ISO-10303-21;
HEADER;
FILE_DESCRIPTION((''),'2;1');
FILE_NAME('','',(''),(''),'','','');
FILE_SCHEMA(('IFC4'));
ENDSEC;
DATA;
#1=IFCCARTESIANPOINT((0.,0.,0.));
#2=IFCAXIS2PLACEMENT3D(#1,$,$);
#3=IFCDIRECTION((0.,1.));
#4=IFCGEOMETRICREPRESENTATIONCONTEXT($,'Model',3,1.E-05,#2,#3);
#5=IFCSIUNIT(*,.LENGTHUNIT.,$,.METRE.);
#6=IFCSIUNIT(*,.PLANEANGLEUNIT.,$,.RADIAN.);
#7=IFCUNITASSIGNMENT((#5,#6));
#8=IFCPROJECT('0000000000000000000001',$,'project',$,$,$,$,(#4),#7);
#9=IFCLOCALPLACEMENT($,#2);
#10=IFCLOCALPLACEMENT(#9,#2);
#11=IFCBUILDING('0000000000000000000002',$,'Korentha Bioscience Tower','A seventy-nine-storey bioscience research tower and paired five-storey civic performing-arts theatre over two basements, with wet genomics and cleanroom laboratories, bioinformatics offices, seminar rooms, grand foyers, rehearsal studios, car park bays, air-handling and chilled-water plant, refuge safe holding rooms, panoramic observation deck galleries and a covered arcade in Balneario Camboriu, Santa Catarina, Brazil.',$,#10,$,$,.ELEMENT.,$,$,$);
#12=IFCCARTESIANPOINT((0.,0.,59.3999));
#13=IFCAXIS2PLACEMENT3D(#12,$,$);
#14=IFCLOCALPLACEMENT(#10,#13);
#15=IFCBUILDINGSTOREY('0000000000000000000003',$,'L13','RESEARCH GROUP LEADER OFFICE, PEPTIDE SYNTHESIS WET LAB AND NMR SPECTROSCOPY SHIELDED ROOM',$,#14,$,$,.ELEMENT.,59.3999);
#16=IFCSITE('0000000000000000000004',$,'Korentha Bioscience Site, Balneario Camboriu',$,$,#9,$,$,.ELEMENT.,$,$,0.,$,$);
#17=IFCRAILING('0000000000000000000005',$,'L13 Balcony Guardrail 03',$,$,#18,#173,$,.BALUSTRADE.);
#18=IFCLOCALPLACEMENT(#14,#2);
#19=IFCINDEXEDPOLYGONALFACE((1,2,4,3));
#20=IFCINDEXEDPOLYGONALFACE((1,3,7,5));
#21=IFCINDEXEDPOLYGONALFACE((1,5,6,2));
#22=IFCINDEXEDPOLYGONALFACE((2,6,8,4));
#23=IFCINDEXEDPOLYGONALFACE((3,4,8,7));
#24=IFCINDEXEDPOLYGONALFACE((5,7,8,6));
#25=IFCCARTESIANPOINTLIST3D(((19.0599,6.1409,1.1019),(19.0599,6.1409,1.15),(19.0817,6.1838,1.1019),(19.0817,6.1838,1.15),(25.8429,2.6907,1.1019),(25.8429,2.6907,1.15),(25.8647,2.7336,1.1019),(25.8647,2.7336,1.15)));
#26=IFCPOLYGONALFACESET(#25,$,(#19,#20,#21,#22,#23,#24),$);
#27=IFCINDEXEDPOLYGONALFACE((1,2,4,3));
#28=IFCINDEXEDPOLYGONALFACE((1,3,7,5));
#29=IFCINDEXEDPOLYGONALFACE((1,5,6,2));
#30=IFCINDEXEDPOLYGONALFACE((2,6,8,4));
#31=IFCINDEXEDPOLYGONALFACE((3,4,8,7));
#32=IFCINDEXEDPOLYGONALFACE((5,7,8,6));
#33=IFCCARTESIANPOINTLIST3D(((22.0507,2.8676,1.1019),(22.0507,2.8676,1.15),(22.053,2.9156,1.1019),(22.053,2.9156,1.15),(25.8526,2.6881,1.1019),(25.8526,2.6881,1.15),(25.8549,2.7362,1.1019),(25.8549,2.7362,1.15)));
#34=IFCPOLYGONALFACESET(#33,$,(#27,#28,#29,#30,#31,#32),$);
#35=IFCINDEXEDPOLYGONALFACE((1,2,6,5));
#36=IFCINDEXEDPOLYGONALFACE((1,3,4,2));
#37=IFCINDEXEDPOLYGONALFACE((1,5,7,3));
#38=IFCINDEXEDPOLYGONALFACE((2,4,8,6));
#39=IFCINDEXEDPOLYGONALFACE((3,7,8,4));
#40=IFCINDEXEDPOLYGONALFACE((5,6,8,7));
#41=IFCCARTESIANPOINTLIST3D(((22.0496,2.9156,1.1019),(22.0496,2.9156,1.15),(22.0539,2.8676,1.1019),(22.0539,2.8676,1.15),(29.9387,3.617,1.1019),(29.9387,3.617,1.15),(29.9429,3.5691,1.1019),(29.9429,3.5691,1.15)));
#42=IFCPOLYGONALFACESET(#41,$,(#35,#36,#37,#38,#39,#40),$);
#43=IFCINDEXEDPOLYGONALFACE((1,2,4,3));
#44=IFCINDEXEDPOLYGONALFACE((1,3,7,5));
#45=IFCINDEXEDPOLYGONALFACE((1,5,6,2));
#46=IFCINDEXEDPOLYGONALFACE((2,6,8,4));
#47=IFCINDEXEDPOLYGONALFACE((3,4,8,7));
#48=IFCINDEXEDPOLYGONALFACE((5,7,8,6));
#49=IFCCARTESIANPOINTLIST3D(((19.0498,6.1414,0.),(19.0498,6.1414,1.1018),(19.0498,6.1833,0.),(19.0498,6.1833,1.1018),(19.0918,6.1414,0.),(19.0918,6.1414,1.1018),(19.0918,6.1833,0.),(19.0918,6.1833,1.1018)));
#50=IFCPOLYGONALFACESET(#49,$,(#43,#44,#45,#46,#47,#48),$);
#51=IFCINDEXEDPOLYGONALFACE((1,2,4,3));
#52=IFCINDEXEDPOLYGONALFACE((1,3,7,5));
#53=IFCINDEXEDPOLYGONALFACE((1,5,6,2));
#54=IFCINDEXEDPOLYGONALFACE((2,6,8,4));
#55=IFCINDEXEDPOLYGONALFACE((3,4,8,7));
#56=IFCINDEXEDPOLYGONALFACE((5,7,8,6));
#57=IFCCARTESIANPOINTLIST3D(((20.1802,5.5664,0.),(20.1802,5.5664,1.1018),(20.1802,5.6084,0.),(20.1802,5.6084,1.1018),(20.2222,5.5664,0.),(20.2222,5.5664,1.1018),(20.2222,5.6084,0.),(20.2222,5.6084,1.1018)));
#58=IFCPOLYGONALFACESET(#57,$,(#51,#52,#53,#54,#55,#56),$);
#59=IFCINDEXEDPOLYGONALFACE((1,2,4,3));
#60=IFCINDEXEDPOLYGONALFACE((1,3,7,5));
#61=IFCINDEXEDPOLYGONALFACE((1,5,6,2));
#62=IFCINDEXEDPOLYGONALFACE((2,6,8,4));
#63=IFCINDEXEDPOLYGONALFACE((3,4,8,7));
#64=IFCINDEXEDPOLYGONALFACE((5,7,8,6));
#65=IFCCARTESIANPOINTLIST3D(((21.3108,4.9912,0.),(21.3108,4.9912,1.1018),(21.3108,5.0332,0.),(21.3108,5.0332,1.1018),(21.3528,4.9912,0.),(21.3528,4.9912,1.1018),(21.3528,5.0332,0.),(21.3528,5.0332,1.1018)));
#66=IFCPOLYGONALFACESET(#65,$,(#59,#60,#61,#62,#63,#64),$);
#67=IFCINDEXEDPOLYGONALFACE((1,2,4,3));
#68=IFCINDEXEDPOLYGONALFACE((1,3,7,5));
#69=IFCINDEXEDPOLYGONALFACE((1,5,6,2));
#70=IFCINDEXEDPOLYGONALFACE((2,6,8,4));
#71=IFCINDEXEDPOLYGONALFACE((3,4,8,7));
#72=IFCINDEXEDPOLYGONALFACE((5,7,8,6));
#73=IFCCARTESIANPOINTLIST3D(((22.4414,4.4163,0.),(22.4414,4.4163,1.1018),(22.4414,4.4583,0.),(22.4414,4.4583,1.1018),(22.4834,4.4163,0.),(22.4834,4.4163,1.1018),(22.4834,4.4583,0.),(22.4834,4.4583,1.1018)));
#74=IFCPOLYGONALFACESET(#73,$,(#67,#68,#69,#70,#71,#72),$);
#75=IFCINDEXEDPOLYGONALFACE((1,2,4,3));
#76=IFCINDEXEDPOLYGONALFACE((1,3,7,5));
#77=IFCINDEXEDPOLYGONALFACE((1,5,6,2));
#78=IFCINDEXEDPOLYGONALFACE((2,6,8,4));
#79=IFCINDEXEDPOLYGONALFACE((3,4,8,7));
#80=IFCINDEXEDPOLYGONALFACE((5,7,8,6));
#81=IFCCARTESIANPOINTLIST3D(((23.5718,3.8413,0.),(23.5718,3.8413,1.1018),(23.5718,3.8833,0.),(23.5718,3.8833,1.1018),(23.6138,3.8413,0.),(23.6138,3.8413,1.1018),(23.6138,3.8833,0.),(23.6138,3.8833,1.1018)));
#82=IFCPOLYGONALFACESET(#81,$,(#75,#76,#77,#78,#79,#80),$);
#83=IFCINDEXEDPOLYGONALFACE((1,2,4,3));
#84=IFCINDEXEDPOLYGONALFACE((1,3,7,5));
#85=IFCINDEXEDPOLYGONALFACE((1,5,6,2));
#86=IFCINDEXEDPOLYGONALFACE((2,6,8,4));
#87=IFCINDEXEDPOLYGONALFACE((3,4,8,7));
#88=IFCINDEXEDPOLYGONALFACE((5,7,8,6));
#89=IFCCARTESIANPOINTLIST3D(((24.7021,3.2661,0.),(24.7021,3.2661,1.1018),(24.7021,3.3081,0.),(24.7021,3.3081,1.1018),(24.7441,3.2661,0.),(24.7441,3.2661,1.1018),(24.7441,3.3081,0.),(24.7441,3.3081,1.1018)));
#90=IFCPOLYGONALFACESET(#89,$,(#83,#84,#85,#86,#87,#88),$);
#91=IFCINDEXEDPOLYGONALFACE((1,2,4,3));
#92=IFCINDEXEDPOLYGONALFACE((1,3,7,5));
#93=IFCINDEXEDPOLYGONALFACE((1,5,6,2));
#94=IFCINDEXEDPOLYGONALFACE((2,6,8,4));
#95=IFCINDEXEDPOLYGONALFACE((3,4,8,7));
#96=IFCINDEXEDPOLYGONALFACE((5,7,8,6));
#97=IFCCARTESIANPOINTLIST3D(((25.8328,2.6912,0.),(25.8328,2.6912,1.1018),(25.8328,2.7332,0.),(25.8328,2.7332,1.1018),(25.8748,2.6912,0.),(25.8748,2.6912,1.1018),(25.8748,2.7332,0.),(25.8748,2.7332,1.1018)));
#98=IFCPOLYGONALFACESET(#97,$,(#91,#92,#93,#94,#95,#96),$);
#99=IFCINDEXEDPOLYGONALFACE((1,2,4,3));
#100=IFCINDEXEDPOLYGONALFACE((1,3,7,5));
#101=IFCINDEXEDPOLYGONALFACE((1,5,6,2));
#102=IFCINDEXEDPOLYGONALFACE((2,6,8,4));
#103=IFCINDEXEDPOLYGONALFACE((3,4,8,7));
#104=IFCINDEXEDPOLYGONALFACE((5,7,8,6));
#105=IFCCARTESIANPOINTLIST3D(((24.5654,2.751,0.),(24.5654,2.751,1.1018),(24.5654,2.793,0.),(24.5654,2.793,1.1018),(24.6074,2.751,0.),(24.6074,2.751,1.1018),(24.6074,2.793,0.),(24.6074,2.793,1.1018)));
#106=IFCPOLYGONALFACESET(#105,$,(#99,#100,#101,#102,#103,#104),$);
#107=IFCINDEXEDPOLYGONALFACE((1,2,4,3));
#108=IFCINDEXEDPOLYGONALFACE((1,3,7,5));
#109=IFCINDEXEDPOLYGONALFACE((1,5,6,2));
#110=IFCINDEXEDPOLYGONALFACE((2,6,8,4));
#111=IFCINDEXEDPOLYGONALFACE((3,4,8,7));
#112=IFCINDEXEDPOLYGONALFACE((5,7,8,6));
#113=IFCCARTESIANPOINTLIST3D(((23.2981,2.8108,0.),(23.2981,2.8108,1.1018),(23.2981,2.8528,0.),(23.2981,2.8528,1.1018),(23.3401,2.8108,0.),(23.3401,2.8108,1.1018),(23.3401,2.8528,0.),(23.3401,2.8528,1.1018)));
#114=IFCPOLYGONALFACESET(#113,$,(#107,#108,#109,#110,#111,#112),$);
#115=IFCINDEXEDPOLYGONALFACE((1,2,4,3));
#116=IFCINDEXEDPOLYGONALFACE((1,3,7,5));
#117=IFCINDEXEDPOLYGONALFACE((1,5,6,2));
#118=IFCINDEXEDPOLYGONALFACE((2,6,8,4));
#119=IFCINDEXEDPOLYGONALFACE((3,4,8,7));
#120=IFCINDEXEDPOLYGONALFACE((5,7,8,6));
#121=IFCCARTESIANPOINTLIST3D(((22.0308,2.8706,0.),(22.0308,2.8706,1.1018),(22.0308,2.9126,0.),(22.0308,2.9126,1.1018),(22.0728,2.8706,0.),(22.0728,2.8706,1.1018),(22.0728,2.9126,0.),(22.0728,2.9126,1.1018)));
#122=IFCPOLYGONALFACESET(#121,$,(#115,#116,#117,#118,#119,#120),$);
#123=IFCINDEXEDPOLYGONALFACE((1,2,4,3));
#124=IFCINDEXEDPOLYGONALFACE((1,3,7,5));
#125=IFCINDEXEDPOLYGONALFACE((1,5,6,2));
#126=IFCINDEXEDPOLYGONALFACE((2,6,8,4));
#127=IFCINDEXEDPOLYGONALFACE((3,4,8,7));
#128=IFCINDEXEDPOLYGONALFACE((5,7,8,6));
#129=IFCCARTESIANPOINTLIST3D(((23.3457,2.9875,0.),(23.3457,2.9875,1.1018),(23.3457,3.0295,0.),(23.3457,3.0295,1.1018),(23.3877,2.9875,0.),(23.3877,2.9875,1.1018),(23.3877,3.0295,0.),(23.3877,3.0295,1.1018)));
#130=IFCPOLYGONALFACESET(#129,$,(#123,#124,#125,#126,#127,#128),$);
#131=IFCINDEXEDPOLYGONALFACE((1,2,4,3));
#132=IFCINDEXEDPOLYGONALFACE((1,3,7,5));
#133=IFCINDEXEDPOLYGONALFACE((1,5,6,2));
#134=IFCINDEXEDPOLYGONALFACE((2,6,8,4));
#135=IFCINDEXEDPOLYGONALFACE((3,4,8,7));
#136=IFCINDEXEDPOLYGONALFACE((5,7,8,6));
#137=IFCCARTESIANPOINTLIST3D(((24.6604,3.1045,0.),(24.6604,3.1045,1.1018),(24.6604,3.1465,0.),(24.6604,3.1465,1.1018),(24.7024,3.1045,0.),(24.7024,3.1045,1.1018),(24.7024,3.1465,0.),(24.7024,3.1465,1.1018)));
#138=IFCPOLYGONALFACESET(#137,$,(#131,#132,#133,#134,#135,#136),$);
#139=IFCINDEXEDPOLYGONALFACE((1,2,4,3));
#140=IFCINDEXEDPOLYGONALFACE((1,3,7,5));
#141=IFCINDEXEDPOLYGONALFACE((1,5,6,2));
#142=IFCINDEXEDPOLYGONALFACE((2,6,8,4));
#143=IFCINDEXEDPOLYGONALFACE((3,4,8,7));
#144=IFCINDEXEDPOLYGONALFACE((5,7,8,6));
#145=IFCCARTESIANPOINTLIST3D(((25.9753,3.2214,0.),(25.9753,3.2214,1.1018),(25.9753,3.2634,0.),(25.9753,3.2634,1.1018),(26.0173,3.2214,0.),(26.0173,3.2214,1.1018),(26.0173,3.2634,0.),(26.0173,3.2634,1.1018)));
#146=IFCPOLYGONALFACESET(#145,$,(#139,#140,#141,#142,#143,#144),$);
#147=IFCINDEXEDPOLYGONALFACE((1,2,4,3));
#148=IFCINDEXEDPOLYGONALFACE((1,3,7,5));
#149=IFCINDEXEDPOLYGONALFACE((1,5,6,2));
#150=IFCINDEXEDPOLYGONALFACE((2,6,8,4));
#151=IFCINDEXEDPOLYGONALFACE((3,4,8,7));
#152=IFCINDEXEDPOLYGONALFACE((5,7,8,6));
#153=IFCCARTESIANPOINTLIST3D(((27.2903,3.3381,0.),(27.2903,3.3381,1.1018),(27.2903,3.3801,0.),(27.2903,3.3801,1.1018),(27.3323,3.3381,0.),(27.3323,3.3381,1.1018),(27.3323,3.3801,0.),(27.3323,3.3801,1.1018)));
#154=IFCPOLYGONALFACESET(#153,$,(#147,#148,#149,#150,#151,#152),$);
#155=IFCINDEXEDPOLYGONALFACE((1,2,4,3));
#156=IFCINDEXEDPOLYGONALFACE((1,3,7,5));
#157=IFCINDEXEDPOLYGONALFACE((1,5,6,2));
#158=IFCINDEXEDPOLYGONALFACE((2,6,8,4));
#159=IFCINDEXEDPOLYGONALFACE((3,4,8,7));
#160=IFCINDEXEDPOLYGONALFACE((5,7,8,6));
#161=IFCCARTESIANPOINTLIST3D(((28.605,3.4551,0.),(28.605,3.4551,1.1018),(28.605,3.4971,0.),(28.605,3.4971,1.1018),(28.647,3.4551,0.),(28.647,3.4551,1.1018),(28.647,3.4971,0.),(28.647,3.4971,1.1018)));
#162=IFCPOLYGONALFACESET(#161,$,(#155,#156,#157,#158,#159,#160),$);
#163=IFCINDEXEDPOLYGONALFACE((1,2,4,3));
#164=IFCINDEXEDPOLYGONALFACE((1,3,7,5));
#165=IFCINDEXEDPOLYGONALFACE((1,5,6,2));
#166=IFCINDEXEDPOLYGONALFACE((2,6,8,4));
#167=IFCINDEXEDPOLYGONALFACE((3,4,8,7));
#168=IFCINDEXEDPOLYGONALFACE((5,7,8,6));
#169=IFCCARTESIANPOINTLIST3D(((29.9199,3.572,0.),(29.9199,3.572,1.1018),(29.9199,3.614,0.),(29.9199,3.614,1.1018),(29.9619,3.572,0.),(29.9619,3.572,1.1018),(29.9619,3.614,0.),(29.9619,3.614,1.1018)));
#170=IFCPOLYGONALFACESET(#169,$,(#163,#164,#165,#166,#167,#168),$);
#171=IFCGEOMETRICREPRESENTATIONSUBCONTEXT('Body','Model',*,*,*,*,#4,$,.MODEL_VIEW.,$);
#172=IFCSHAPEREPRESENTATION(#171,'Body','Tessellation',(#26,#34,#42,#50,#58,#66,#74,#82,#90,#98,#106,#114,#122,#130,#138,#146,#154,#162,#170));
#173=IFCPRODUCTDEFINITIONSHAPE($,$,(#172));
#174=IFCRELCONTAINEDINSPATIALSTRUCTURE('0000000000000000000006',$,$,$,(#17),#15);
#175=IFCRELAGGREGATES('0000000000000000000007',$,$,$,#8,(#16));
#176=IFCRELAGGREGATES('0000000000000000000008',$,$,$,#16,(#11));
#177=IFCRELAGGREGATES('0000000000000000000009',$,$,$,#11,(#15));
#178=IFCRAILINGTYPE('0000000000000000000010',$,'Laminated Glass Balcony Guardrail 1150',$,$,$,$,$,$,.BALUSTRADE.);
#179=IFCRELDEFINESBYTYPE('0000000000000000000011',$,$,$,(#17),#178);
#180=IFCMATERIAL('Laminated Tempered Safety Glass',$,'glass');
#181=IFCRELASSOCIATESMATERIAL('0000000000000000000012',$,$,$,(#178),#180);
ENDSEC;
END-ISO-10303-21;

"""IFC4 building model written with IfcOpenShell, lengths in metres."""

from ifc_helpers import new_model, si_unit, direction, frame, origin, origin_2d, place, context, subcontext, project, spatial, rectangle, extrude, material, type_object, element, save


model = new_model("IFC4")

# Units and contexts
model_context = context("Model", 3, precision=1e-05, world=origin(), true_north=direction((0.0, 1.0)))
body_context = subcontext(model_context, "Body", "Model", "MODEL_VIEW")
ifc_project = project(units=[si_unit("LENGTHUNIT", "METRE"), si_unit("PLANEANGLEUNIT", "RADIAN")], contexts=[model_context])

# Site, building, storey
site_placement = place(None, origin())
site = spatial("IfcSite", under=ifc_project, at=site_placement, Name="Korentha Bioscience Site, Balneario Camboriu", CompositionType="ELEMENT", RefElevation=0.0)
building_placement = place(site_placement, origin())
building = spatial("IfcBuilding", under=site, at=building_placement, Name="Korentha Bioscience Tower", Description="A seventy-nine-storey bioscience research tower and paired five-storey civic performing-arts theatre over two basements, with wet genomics and cleanroom laboratories, bioinformatics offices, seminar rooms, grand foyers, rehearsal studios, car park bays, air-handling and chilled-water plant, refuge safe holding rooms, panoramic observation deck galleries and a covered arcade in Balneario Camboriu, Santa Catarina, Brazil.", CompositionType="ELEMENT")
storey_placement = place(building_placement, frame((0.0, 0.0, 59.3999)))
storey = spatial("IfcBuildingStorey", under=building, at=storey_placement, Name="L13", Description="RESEARCH GROUP LEADER OFFICE, PEPTIDE SYNTHESIS WET LAB AND NMR SPECTROSCOPY SHIELDED ROOM", CompositionType="ELEMENT", Elevation=59.3999)

# Railing
ifc_material_1 = material(Name="Laminated Tempered Safety Glass", Category="glass")
railing_type = type_object("IfcRailingType", Name="Laminated Glass Balcony Guardrail 1150", PredefinedType="BALUSTRADE", material=ifc_material_1)
railing_placement = place(storey_placement, frame((19.0708, 6.1624, 0.0)))
element("IfcRailing", 1, at=railing_placement, inside=storey, type_object=railing_type, Name="L13 Balcony Guardrail 03", PredefinedType="BALUSTRADE", context=body_context, shape_type="SweptSolid", body=[
    extrude(rectangle(XDim=0.0481, YDim=0.0481, at=origin_2d()), frame((0.0, 0.0, 1.126), z_axis=(0.89132, -0.453375, 0.0), x_axis=(0.453375, 0.89132, 0.0)), (0.0, 0.0, 1.0), 7.6101),
    extrude(rectangle(XDim=0.0481, YDim=0.0481, at=origin_2d()), frame((6.783, -3.4502, 1.126), z_axis=(-0.998888, 0.047145, 0.0), x_axis=(-0.047145, -0.998888, 0.0)), (0.0, 0.0, 1.0), 3.8062),
    extrude(rectangle(XDim=0.0481, YDim=0.0481, at=origin_2d()), frame((2.981, -3.2708, 1.126), z_axis=(0.996071, 0.088559, 0.0), x_axis=(-0.088559, 0.996071, 0.0)), (0.0, 0.0, 1.0), 7.9202),
    extrude(rectangle(XDim=0.042, YDim=0.042, at=origin_2d()), origin(), (0.0, 0.0, 1.0), 1.1018),
    extrude(rectangle(XDim=0.042, YDim=0.042, at=origin_2d()), frame((1.1304, -0.575, 0.0)), (0.0, 0.0, 1.0), 1.1018),
    extrude(rectangle(XDim=0.042, YDim=0.042, at=origin_2d()), frame((2.261, -1.1501, 0.0)), (0.0, 0.0, 1.0), 1.1018),
    extrude(rectangle(XDim=0.042, YDim=0.042, at=origin_2d()), frame((3.3916, -1.7251, 0.0)), (0.0, 0.0, 1.0), 1.1018),
    extrude(rectangle(XDim=0.042, YDim=0.042, at=origin_2d()), frame((4.522, -2.3, 0.0)), (0.0, 0.0, 1.0), 1.1018),
    extrude(rectangle(XDim=0.042, YDim=0.042, at=origin_2d()), frame((5.6523, -2.8752, 0.0)), (0.0, 0.0, 1.0), 1.1018),
    extrude(rectangle(XDim=0.042, YDim=0.042, at=origin_2d()), frame((6.783, -3.4502, 0.0)), (0.0, 0.0, 1.0), 1.1018),
    extrude(rectangle(XDim=0.042, YDim=0.042, at=origin_2d()), frame((5.5156, -3.3904, 0.0)), (0.0, 0.0, 1.0), 1.1018),
    extrude(rectangle(XDim=0.042, YDim=0.042, at=origin_2d()), frame((4.2483, -3.3306, 0.0)), (0.0, 0.0, 1.0), 1.1018),
    extrude(rectangle(XDim=0.042, YDim=0.042, at=origin_2d()), frame((2.981, -3.2708, 0.0)), (0.0, 0.0, 1.0), 1.1018),
    extrude(rectangle(XDim=0.042, YDim=0.042, at=origin_2d()), frame((4.2959, -3.1538, 0.0)), (0.0, 0.0, 1.0), 1.1018),
    extrude(rectangle(XDim=0.042, YDim=0.042, at=origin_2d()), frame((5.6106, -3.0369, 0.0)), (0.0, 0.0, 1.0), 1.1018),
    extrude(rectangle(XDim=0.042, YDim=0.042, at=origin_2d()), frame((6.9255, -2.9199, 0.0)), (0.0, 0.0, 1.0), 1.1018),
    extrude(rectangle(XDim=0.042, YDim=0.042, at=origin_2d()), frame((8.2405, -2.8032, 0.0)), (0.0, 0.0, 1.0), 1.1018),
    extrude(rectangle(XDim=0.042, YDim=0.042, at=origin_2d()), frame((9.5552, -2.6863, 0.0)), (0.0, 0.0, 1.0), 1.1018),
    extrude(rectangle(XDim=0.042, YDim=0.042, at=origin_2d()), frame((10.8701, -2.5693, 0.0)), (0.0, 0.0, 1.0), 1.1018),
])

save(model, "model.ifc")
